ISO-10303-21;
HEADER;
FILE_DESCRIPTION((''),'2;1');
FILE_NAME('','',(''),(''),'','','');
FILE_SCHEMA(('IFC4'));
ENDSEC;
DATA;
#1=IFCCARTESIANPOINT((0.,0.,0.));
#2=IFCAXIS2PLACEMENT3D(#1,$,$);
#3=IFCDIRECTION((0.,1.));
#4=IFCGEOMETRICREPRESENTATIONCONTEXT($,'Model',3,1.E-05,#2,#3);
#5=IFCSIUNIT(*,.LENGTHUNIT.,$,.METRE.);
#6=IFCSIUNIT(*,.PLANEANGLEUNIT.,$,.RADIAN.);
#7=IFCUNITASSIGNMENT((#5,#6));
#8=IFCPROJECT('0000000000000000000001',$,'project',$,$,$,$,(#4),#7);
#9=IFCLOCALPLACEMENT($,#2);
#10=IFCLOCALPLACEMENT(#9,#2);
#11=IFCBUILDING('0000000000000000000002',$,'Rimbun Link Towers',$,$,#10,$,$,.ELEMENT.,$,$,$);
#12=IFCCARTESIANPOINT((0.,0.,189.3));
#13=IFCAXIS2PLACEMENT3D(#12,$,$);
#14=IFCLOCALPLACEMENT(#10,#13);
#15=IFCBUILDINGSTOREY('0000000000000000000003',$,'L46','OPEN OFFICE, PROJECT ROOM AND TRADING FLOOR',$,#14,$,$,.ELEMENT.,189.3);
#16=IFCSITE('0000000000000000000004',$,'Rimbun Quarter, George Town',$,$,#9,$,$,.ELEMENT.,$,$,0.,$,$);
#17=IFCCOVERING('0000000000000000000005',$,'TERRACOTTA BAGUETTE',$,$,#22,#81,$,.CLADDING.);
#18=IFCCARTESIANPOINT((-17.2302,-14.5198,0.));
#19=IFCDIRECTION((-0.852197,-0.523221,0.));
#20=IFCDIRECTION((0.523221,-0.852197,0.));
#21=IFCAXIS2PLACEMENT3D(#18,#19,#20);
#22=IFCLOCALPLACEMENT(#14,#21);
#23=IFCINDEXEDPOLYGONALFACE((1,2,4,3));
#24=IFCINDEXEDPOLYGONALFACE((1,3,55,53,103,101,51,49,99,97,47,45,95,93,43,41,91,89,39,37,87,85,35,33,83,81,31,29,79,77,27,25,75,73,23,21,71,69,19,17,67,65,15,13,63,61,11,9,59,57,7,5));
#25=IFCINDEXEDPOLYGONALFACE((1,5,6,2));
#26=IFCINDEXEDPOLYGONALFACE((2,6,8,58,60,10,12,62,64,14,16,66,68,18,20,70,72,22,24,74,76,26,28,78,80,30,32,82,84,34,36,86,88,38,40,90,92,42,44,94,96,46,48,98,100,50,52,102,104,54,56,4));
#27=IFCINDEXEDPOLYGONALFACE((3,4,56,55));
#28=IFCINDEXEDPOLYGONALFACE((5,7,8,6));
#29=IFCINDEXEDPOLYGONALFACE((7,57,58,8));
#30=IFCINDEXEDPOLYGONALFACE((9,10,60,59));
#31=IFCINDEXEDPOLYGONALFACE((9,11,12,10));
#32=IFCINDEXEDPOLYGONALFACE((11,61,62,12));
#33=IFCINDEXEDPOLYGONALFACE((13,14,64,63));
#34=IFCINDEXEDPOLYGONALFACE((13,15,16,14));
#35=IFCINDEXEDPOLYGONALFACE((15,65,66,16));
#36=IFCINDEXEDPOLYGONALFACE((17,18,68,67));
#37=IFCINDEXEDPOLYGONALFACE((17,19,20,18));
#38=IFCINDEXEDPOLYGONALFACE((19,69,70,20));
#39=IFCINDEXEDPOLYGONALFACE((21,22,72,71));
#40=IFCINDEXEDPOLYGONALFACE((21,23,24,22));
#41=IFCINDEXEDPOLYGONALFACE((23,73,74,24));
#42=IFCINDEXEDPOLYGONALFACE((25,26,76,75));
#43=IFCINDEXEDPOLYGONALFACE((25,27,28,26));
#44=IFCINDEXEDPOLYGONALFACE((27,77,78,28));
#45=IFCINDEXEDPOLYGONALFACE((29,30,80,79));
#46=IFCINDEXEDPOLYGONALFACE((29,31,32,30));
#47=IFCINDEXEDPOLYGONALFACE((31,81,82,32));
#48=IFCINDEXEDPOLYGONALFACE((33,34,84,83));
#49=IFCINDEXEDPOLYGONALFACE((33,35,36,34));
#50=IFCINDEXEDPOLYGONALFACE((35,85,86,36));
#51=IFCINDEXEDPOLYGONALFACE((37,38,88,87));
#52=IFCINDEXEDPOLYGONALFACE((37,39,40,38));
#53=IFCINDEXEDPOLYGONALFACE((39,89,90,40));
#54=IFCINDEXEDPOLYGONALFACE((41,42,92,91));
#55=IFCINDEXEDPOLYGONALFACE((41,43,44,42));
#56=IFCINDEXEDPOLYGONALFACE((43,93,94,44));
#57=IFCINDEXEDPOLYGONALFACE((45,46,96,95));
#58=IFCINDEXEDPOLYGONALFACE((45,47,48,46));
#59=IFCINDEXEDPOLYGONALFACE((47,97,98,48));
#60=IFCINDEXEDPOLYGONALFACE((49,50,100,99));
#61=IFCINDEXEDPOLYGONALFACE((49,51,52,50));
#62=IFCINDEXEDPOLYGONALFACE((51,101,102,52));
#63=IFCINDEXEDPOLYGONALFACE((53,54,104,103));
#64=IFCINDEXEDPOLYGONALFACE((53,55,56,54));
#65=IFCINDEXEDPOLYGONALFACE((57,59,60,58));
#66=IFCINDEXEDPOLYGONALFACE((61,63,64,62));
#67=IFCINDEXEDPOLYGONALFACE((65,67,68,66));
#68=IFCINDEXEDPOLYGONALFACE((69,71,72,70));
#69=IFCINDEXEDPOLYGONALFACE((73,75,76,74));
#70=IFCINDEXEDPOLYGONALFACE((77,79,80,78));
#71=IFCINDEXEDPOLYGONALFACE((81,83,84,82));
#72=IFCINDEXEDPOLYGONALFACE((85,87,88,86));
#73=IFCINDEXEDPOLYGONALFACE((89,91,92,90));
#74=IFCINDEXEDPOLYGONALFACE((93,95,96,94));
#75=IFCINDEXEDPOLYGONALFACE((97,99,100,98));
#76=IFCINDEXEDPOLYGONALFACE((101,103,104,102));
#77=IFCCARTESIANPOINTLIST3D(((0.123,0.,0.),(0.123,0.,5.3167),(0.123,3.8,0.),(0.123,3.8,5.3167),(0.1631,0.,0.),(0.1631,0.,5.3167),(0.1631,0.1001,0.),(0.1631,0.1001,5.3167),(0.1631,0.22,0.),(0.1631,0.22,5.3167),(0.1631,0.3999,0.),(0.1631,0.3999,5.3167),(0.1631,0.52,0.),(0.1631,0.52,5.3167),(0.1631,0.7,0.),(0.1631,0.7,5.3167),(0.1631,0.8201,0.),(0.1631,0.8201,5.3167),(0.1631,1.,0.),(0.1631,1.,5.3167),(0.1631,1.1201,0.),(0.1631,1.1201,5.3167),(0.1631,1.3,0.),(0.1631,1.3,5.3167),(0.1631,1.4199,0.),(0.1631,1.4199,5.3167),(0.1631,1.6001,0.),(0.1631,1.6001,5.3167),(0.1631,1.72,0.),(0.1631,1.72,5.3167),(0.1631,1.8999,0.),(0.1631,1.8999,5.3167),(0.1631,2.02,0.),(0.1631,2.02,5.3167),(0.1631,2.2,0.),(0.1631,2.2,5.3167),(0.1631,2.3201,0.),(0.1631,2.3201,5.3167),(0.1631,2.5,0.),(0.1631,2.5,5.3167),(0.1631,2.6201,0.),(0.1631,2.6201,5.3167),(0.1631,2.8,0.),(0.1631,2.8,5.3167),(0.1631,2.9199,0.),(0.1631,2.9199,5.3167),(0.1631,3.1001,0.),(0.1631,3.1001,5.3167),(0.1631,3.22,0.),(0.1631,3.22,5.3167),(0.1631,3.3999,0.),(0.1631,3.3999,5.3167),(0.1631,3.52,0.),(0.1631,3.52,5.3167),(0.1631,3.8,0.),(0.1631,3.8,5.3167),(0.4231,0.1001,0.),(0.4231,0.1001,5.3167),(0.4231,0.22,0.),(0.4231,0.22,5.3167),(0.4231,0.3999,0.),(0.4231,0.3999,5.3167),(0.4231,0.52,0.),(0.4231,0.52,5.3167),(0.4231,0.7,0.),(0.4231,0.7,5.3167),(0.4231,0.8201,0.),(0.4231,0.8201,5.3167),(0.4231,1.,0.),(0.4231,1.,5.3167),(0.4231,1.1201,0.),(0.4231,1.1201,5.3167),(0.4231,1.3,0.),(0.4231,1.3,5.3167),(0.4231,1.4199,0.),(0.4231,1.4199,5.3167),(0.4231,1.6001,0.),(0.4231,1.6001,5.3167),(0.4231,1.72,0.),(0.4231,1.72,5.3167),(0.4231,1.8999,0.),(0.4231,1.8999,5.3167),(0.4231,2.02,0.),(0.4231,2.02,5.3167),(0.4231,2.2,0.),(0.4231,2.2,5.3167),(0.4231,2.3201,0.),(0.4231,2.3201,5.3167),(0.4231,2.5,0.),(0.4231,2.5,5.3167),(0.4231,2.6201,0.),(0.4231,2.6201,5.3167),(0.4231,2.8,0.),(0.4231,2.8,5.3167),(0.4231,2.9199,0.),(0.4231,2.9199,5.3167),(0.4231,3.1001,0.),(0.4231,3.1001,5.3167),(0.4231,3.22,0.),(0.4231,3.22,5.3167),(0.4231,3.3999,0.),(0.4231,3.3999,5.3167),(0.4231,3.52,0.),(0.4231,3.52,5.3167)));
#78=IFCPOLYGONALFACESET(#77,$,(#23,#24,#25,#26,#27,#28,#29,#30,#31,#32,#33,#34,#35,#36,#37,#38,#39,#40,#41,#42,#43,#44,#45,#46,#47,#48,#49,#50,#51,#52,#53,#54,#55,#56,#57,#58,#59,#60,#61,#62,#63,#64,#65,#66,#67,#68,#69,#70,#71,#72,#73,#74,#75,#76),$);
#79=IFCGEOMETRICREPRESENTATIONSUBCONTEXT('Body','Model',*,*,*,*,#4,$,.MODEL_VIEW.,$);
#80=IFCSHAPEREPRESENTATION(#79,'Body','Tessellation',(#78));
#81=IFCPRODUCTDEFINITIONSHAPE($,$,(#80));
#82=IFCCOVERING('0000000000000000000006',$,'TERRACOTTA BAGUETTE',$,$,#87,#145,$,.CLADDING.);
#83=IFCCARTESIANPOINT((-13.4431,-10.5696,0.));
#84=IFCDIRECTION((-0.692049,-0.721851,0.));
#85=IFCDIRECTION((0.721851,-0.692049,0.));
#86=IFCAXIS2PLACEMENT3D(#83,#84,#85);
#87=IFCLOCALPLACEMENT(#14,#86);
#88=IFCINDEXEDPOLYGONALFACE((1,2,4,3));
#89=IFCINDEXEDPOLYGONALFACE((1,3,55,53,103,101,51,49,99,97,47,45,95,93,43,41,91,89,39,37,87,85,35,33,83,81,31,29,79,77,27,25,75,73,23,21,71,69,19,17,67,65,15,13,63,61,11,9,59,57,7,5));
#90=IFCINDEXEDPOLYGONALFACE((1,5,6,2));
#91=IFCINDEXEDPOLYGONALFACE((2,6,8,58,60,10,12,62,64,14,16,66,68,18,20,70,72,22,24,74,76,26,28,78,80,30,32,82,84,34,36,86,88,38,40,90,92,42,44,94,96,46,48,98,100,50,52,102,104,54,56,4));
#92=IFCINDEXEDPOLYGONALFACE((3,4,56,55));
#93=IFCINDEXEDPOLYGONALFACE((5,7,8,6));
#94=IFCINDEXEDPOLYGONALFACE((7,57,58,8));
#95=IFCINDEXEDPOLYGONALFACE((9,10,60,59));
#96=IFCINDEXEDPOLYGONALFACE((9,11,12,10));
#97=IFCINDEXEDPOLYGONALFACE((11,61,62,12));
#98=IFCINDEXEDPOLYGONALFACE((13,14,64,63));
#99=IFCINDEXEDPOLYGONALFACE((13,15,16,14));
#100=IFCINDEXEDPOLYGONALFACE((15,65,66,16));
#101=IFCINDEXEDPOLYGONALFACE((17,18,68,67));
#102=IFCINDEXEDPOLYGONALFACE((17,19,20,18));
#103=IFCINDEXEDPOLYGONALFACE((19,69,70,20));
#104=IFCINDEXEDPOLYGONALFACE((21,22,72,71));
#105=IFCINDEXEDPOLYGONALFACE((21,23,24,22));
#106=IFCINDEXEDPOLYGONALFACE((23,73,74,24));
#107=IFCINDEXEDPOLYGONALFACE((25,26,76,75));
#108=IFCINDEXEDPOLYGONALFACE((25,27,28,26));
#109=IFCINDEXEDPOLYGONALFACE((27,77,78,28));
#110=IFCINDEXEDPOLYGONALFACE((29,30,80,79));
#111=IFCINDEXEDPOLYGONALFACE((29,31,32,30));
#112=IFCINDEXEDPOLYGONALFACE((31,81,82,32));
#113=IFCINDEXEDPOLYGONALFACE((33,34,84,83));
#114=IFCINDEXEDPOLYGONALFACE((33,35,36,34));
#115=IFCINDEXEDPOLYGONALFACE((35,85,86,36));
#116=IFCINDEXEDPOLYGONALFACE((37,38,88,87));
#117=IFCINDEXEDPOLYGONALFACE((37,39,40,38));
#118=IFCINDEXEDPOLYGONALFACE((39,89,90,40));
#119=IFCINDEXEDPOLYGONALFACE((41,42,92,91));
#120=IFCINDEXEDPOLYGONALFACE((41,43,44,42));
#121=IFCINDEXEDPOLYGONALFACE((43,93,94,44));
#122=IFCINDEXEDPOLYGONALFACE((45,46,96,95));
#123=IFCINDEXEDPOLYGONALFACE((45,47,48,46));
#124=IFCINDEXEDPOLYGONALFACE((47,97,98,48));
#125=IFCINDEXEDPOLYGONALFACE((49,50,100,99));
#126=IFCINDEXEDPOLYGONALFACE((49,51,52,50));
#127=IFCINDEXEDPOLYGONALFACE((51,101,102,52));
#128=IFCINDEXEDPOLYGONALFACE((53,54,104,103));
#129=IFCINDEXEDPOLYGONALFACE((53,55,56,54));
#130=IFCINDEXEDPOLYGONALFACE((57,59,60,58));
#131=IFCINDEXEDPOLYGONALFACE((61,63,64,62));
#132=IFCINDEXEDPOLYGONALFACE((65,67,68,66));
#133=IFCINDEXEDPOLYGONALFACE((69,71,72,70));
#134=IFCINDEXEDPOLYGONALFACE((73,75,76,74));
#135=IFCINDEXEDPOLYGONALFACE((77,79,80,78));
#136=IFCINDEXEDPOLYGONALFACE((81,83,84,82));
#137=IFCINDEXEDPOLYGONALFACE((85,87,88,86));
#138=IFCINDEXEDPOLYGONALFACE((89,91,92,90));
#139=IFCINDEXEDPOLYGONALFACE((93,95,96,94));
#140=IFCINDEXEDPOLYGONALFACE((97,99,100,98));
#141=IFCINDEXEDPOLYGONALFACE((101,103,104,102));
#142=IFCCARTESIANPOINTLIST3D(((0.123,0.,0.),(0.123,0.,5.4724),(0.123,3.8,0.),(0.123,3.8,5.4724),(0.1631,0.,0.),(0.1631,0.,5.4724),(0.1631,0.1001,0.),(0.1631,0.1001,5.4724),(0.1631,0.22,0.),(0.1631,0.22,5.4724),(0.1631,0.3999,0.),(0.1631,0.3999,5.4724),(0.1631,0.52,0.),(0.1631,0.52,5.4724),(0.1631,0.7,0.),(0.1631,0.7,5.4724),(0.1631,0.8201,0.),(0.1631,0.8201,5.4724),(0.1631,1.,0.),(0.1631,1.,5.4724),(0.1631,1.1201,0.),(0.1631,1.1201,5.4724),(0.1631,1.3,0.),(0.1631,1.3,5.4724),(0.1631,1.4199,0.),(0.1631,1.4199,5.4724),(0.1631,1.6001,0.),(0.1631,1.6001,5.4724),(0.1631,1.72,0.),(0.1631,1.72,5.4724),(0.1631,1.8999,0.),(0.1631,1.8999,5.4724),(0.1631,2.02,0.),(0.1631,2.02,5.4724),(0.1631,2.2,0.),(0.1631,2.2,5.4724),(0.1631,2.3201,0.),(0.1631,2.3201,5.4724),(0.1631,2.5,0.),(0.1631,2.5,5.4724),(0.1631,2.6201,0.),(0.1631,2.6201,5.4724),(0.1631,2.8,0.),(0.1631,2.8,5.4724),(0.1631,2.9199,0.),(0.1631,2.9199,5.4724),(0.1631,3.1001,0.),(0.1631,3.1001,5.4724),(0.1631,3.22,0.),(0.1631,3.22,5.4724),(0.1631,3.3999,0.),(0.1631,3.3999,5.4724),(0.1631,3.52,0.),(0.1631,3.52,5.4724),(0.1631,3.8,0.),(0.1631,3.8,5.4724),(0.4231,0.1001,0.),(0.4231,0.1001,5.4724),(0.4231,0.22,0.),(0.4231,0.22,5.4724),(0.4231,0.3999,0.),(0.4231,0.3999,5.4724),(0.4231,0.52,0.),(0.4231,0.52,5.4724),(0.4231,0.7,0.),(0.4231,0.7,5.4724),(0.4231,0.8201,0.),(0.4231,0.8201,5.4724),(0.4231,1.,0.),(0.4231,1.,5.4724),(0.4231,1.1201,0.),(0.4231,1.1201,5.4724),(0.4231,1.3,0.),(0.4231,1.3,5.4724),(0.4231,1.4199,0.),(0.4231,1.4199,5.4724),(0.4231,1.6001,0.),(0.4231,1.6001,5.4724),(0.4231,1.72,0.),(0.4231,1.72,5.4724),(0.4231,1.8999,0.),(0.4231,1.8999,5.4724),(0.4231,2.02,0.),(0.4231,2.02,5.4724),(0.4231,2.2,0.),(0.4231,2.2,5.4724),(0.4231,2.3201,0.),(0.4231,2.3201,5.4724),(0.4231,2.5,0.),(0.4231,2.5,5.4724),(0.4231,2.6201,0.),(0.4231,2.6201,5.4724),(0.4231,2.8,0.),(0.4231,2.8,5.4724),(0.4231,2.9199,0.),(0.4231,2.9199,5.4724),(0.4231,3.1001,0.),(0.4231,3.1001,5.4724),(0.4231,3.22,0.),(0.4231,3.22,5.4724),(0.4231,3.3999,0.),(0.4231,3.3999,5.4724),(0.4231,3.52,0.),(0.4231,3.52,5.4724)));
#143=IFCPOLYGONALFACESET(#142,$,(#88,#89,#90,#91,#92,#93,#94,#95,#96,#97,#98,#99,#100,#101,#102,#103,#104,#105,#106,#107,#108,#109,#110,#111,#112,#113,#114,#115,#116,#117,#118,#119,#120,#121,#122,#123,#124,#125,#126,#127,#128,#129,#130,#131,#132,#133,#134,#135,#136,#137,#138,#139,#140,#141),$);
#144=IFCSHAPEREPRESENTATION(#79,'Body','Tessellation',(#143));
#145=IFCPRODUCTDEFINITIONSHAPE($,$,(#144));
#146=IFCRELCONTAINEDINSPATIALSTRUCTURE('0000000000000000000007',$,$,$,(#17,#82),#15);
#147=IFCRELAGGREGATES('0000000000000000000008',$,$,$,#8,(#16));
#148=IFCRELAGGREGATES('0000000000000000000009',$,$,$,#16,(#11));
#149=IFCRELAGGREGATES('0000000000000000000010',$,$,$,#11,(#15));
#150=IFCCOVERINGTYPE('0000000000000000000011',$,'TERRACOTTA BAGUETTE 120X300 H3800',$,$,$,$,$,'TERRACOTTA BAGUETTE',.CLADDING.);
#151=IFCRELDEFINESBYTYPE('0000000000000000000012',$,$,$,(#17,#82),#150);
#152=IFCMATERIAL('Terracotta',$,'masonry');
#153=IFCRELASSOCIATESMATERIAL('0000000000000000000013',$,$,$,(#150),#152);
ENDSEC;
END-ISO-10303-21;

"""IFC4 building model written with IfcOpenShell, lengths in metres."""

from ifc_helpers import new_model, si_unit, direction, frame, origin, place, context, subcontext, project, spatial, polyline, outline, extrude, material, material_profile, profile_set, type_object, element, save


model = new_model("IFC4")

# Units and contexts
model_context = context("Model", 3, precision=1e-05, world=origin(), true_north=direction((0.0, 1.0)))
body_context = subcontext(model_context, "Body", "Model", "MODEL_VIEW")
ifc_project = project(units=[si_unit("LENGTHUNIT", "METRE"), si_unit("PLANEANGLEUNIT", "RADIAN")], contexts=[model_context])

# Site, building, storey
site_placement = place(None, origin())
site = spatial("IfcSite", under=ifc_project, at=site_placement, Name="Rimbun Quarter, George Town", CompositionType="ELEMENT", RefElevation=0.0)
building_placement = place(site_placement, origin())
building = spatial("IfcBuilding", under=site, at=building_placement, Name="Rimbun Link Towers", CompositionType="ELEMENT")
storey_placement = place(building_placement, frame((0.0, 0.0, 189.3)))
storey = spatial("IfcBuildingStorey", under=building, at=storey_placement, Name="L46", Description="OPEN OFFICE, PROJECT ROOM AND TRADING FLOOR", CompositionType="ELEMENT", Elevation=189.3)

# Coverings
ifc_material_1 = material(Name="Terracotta", Category="masonry")
ifc_material_profile_1 = material_profile(ifc_material_1, outline(polyline([(0.123, 0.0), (0.1631, 0.0), (0.1631, 0.1001), (0.4231, 0.1001), (0.4231, 0.22), (0.1631, 0.22), (0.1631, 0.3999), (0.4231, 0.3999), (0.4231, 0.52), (0.1631, 0.52), (0.1631, 0.7), (0.4231, 0.7), (0.4231, 0.8201), (0.1631, 0.8201), (0.1631, 1.0), (0.4231, 1.0), (0.4231, 1.1201), (0.1631, 1.1201), (0.1631, 1.3), (0.4231, 1.3), (0.4231, 1.4199), (0.1631, 1.4199), (0.1631, 1.6001), (0.4231, 1.6001), (0.4231, 1.72), (0.1631, 1.72), (0.1631, 1.8999), (0.4231, 1.8999), (0.4231, 2.02), (0.1631, 2.02), (0.1631, 2.2), (0.4231, 2.2), (0.4231, 2.3201), (0.1631, 2.3201), (0.1631, 2.5), (0.4231, 2.5), (0.4231, 2.6201), (0.1631, 2.6201), (0.1631, 2.8), (0.4231, 2.8), (0.4231, 2.9199), (0.1631, 2.9199), (0.1631, 3.1001), (0.4231, 3.1001), (0.4231, 3.22), (0.1631, 3.22), (0.1631, 3.3999), (0.4231, 3.3999), (0.4231, 3.52), (0.1631, 3.52), (0.1631, 3.8), (0.123, 3.8), (0.123, 0.0)])), Name="BAGUETTE 120X300")
ifc_profile_set_1 = profile_set([ifc_material_profile_1], Name="Terracotta")
covering_type = type_object("IfcCoveringType", Name="TERRACOTTA BAGUETTE 120X300 H3800", ElementType="TERRACOTTA BAGUETTE", PredefinedType="CLADDING", material=ifc_profile_set_1)
covering_1_placement = place(storey_placement, frame((-17.2302, -14.5198, 0.0), z_axis=(-0.852197, -0.523221, 0.0), x_axis=(0.523221, -0.852197, 0.0)))
element("IfcCovering", 1, at=covering_1_placement, inside=storey, type_object=covering_type, Name="TERRACOTTA BAGUETTE", PredefinedType="CLADDING", context=body_context, shape_type="SweptSolid", body=[
    extrude(outline(polyline([(0.123, 0.0), (0.1631, 0.0), (0.1631, 0.1001), (0.4231, 0.1001), (0.4231, 0.22), (0.1631, 0.22), (0.1631, 0.3999), (0.4231, 0.3999), (0.4231, 0.52), (0.1631, 0.52), (0.1631, 0.7), (0.4231, 0.7), (0.4231, 0.8201), (0.1631, 0.8201), (0.1631, 1.0), (0.4231, 1.0), (0.4231, 1.1201), (0.1631, 1.1201), (0.1631, 1.3), (0.4231, 1.3), (0.4231, 1.4199), (0.1631, 1.4199), (0.1631, 1.6001), (0.4231, 1.6001), (0.4231, 1.72), (0.1631, 1.72), (0.1631, 1.8999), (0.4231, 1.8999), (0.4231, 2.02), (0.1631, 2.02), (0.1631, 2.2), (0.4231, 2.2), (0.4231, 2.3201), (0.1631, 2.3201), (0.1631, 2.5), (0.4231, 2.5), (0.4231, 2.6201), (0.1631, 2.6201), (0.1631, 2.8), (0.4231, 2.8), (0.4231, 2.9199), (0.1631, 2.9199), (0.1631, 3.1001), (0.4231, 3.1001), (0.4231, 3.22), (0.1631, 3.22), (0.1631, 3.3999), (0.4231, 3.3999), (0.4231, 3.52), (0.1631, 3.52), (0.1631, 3.8), (0.123, 3.8), (0.123, 0.0)])), origin(), (0.0, 0.0, 1.0), 5.3167),
])
covering_2_placement = place(storey_placement, frame((-13.4431, -10.5696, 0.0), z_axis=(-0.692049, -0.721851, 0.0), x_axis=(0.721851, -0.692049, 0.0)))
element("IfcCovering", 2, at=covering_2_placement, inside=storey, type_object=covering_type, Name="TERRACOTTA BAGUETTE", PredefinedType="CLADDING", context=body_context, shape_type="SweptSolid", body=[
    extrude(outline(polyline([(0.123, 0.0), (0.1631, 0.0), (0.1631, 0.1001), (0.4231, 0.1001), (0.4231, 0.22), (0.1631, 0.22), (0.1631, 0.3999), (0.4231, 0.3999), (0.4231, 0.52), (0.1631, 0.52), (0.1631, 0.7), (0.4231, 0.7), (0.4231, 0.8201), (0.1631, 0.8201), (0.1631, 1.0), (0.4231, 1.0), (0.4231, 1.1201), (0.1631, 1.1201), (0.1631, 1.3), (0.4231, 1.3), (0.4231, 1.4199), (0.1631, 1.4199), (0.1631, 1.6001), (0.4231, 1.6001), (0.4231, 1.72), (0.1631, 1.72), (0.1631, 1.8999), (0.4231, 1.8999), (0.4231, 2.02), (0.1631, 2.02), (0.1631, 2.2), (0.4231, 2.2), (0.4231, 2.3201), (0.1631, 2.3201), (0.1631, 2.5), (0.4231, 2.5), (0.4231, 2.6201), (0.1631, 2.6201), (0.1631, 2.8), (0.4231, 2.8), (0.4231, 2.9199), (0.1631, 2.9199), (0.1631, 3.1001), (0.4231, 3.1001), (0.4231, 3.22), (0.1631, 3.22), (0.1631, 3.3999), (0.4231, 3.3999), (0.4231, 3.52), (0.1631, 3.52), (0.1631, 3.8), (0.123, 3.8), (0.123, 0.0)])), origin(), (0.0, 0.0, 1.0), 5.4724),
])

save(model, "model.ifc")
